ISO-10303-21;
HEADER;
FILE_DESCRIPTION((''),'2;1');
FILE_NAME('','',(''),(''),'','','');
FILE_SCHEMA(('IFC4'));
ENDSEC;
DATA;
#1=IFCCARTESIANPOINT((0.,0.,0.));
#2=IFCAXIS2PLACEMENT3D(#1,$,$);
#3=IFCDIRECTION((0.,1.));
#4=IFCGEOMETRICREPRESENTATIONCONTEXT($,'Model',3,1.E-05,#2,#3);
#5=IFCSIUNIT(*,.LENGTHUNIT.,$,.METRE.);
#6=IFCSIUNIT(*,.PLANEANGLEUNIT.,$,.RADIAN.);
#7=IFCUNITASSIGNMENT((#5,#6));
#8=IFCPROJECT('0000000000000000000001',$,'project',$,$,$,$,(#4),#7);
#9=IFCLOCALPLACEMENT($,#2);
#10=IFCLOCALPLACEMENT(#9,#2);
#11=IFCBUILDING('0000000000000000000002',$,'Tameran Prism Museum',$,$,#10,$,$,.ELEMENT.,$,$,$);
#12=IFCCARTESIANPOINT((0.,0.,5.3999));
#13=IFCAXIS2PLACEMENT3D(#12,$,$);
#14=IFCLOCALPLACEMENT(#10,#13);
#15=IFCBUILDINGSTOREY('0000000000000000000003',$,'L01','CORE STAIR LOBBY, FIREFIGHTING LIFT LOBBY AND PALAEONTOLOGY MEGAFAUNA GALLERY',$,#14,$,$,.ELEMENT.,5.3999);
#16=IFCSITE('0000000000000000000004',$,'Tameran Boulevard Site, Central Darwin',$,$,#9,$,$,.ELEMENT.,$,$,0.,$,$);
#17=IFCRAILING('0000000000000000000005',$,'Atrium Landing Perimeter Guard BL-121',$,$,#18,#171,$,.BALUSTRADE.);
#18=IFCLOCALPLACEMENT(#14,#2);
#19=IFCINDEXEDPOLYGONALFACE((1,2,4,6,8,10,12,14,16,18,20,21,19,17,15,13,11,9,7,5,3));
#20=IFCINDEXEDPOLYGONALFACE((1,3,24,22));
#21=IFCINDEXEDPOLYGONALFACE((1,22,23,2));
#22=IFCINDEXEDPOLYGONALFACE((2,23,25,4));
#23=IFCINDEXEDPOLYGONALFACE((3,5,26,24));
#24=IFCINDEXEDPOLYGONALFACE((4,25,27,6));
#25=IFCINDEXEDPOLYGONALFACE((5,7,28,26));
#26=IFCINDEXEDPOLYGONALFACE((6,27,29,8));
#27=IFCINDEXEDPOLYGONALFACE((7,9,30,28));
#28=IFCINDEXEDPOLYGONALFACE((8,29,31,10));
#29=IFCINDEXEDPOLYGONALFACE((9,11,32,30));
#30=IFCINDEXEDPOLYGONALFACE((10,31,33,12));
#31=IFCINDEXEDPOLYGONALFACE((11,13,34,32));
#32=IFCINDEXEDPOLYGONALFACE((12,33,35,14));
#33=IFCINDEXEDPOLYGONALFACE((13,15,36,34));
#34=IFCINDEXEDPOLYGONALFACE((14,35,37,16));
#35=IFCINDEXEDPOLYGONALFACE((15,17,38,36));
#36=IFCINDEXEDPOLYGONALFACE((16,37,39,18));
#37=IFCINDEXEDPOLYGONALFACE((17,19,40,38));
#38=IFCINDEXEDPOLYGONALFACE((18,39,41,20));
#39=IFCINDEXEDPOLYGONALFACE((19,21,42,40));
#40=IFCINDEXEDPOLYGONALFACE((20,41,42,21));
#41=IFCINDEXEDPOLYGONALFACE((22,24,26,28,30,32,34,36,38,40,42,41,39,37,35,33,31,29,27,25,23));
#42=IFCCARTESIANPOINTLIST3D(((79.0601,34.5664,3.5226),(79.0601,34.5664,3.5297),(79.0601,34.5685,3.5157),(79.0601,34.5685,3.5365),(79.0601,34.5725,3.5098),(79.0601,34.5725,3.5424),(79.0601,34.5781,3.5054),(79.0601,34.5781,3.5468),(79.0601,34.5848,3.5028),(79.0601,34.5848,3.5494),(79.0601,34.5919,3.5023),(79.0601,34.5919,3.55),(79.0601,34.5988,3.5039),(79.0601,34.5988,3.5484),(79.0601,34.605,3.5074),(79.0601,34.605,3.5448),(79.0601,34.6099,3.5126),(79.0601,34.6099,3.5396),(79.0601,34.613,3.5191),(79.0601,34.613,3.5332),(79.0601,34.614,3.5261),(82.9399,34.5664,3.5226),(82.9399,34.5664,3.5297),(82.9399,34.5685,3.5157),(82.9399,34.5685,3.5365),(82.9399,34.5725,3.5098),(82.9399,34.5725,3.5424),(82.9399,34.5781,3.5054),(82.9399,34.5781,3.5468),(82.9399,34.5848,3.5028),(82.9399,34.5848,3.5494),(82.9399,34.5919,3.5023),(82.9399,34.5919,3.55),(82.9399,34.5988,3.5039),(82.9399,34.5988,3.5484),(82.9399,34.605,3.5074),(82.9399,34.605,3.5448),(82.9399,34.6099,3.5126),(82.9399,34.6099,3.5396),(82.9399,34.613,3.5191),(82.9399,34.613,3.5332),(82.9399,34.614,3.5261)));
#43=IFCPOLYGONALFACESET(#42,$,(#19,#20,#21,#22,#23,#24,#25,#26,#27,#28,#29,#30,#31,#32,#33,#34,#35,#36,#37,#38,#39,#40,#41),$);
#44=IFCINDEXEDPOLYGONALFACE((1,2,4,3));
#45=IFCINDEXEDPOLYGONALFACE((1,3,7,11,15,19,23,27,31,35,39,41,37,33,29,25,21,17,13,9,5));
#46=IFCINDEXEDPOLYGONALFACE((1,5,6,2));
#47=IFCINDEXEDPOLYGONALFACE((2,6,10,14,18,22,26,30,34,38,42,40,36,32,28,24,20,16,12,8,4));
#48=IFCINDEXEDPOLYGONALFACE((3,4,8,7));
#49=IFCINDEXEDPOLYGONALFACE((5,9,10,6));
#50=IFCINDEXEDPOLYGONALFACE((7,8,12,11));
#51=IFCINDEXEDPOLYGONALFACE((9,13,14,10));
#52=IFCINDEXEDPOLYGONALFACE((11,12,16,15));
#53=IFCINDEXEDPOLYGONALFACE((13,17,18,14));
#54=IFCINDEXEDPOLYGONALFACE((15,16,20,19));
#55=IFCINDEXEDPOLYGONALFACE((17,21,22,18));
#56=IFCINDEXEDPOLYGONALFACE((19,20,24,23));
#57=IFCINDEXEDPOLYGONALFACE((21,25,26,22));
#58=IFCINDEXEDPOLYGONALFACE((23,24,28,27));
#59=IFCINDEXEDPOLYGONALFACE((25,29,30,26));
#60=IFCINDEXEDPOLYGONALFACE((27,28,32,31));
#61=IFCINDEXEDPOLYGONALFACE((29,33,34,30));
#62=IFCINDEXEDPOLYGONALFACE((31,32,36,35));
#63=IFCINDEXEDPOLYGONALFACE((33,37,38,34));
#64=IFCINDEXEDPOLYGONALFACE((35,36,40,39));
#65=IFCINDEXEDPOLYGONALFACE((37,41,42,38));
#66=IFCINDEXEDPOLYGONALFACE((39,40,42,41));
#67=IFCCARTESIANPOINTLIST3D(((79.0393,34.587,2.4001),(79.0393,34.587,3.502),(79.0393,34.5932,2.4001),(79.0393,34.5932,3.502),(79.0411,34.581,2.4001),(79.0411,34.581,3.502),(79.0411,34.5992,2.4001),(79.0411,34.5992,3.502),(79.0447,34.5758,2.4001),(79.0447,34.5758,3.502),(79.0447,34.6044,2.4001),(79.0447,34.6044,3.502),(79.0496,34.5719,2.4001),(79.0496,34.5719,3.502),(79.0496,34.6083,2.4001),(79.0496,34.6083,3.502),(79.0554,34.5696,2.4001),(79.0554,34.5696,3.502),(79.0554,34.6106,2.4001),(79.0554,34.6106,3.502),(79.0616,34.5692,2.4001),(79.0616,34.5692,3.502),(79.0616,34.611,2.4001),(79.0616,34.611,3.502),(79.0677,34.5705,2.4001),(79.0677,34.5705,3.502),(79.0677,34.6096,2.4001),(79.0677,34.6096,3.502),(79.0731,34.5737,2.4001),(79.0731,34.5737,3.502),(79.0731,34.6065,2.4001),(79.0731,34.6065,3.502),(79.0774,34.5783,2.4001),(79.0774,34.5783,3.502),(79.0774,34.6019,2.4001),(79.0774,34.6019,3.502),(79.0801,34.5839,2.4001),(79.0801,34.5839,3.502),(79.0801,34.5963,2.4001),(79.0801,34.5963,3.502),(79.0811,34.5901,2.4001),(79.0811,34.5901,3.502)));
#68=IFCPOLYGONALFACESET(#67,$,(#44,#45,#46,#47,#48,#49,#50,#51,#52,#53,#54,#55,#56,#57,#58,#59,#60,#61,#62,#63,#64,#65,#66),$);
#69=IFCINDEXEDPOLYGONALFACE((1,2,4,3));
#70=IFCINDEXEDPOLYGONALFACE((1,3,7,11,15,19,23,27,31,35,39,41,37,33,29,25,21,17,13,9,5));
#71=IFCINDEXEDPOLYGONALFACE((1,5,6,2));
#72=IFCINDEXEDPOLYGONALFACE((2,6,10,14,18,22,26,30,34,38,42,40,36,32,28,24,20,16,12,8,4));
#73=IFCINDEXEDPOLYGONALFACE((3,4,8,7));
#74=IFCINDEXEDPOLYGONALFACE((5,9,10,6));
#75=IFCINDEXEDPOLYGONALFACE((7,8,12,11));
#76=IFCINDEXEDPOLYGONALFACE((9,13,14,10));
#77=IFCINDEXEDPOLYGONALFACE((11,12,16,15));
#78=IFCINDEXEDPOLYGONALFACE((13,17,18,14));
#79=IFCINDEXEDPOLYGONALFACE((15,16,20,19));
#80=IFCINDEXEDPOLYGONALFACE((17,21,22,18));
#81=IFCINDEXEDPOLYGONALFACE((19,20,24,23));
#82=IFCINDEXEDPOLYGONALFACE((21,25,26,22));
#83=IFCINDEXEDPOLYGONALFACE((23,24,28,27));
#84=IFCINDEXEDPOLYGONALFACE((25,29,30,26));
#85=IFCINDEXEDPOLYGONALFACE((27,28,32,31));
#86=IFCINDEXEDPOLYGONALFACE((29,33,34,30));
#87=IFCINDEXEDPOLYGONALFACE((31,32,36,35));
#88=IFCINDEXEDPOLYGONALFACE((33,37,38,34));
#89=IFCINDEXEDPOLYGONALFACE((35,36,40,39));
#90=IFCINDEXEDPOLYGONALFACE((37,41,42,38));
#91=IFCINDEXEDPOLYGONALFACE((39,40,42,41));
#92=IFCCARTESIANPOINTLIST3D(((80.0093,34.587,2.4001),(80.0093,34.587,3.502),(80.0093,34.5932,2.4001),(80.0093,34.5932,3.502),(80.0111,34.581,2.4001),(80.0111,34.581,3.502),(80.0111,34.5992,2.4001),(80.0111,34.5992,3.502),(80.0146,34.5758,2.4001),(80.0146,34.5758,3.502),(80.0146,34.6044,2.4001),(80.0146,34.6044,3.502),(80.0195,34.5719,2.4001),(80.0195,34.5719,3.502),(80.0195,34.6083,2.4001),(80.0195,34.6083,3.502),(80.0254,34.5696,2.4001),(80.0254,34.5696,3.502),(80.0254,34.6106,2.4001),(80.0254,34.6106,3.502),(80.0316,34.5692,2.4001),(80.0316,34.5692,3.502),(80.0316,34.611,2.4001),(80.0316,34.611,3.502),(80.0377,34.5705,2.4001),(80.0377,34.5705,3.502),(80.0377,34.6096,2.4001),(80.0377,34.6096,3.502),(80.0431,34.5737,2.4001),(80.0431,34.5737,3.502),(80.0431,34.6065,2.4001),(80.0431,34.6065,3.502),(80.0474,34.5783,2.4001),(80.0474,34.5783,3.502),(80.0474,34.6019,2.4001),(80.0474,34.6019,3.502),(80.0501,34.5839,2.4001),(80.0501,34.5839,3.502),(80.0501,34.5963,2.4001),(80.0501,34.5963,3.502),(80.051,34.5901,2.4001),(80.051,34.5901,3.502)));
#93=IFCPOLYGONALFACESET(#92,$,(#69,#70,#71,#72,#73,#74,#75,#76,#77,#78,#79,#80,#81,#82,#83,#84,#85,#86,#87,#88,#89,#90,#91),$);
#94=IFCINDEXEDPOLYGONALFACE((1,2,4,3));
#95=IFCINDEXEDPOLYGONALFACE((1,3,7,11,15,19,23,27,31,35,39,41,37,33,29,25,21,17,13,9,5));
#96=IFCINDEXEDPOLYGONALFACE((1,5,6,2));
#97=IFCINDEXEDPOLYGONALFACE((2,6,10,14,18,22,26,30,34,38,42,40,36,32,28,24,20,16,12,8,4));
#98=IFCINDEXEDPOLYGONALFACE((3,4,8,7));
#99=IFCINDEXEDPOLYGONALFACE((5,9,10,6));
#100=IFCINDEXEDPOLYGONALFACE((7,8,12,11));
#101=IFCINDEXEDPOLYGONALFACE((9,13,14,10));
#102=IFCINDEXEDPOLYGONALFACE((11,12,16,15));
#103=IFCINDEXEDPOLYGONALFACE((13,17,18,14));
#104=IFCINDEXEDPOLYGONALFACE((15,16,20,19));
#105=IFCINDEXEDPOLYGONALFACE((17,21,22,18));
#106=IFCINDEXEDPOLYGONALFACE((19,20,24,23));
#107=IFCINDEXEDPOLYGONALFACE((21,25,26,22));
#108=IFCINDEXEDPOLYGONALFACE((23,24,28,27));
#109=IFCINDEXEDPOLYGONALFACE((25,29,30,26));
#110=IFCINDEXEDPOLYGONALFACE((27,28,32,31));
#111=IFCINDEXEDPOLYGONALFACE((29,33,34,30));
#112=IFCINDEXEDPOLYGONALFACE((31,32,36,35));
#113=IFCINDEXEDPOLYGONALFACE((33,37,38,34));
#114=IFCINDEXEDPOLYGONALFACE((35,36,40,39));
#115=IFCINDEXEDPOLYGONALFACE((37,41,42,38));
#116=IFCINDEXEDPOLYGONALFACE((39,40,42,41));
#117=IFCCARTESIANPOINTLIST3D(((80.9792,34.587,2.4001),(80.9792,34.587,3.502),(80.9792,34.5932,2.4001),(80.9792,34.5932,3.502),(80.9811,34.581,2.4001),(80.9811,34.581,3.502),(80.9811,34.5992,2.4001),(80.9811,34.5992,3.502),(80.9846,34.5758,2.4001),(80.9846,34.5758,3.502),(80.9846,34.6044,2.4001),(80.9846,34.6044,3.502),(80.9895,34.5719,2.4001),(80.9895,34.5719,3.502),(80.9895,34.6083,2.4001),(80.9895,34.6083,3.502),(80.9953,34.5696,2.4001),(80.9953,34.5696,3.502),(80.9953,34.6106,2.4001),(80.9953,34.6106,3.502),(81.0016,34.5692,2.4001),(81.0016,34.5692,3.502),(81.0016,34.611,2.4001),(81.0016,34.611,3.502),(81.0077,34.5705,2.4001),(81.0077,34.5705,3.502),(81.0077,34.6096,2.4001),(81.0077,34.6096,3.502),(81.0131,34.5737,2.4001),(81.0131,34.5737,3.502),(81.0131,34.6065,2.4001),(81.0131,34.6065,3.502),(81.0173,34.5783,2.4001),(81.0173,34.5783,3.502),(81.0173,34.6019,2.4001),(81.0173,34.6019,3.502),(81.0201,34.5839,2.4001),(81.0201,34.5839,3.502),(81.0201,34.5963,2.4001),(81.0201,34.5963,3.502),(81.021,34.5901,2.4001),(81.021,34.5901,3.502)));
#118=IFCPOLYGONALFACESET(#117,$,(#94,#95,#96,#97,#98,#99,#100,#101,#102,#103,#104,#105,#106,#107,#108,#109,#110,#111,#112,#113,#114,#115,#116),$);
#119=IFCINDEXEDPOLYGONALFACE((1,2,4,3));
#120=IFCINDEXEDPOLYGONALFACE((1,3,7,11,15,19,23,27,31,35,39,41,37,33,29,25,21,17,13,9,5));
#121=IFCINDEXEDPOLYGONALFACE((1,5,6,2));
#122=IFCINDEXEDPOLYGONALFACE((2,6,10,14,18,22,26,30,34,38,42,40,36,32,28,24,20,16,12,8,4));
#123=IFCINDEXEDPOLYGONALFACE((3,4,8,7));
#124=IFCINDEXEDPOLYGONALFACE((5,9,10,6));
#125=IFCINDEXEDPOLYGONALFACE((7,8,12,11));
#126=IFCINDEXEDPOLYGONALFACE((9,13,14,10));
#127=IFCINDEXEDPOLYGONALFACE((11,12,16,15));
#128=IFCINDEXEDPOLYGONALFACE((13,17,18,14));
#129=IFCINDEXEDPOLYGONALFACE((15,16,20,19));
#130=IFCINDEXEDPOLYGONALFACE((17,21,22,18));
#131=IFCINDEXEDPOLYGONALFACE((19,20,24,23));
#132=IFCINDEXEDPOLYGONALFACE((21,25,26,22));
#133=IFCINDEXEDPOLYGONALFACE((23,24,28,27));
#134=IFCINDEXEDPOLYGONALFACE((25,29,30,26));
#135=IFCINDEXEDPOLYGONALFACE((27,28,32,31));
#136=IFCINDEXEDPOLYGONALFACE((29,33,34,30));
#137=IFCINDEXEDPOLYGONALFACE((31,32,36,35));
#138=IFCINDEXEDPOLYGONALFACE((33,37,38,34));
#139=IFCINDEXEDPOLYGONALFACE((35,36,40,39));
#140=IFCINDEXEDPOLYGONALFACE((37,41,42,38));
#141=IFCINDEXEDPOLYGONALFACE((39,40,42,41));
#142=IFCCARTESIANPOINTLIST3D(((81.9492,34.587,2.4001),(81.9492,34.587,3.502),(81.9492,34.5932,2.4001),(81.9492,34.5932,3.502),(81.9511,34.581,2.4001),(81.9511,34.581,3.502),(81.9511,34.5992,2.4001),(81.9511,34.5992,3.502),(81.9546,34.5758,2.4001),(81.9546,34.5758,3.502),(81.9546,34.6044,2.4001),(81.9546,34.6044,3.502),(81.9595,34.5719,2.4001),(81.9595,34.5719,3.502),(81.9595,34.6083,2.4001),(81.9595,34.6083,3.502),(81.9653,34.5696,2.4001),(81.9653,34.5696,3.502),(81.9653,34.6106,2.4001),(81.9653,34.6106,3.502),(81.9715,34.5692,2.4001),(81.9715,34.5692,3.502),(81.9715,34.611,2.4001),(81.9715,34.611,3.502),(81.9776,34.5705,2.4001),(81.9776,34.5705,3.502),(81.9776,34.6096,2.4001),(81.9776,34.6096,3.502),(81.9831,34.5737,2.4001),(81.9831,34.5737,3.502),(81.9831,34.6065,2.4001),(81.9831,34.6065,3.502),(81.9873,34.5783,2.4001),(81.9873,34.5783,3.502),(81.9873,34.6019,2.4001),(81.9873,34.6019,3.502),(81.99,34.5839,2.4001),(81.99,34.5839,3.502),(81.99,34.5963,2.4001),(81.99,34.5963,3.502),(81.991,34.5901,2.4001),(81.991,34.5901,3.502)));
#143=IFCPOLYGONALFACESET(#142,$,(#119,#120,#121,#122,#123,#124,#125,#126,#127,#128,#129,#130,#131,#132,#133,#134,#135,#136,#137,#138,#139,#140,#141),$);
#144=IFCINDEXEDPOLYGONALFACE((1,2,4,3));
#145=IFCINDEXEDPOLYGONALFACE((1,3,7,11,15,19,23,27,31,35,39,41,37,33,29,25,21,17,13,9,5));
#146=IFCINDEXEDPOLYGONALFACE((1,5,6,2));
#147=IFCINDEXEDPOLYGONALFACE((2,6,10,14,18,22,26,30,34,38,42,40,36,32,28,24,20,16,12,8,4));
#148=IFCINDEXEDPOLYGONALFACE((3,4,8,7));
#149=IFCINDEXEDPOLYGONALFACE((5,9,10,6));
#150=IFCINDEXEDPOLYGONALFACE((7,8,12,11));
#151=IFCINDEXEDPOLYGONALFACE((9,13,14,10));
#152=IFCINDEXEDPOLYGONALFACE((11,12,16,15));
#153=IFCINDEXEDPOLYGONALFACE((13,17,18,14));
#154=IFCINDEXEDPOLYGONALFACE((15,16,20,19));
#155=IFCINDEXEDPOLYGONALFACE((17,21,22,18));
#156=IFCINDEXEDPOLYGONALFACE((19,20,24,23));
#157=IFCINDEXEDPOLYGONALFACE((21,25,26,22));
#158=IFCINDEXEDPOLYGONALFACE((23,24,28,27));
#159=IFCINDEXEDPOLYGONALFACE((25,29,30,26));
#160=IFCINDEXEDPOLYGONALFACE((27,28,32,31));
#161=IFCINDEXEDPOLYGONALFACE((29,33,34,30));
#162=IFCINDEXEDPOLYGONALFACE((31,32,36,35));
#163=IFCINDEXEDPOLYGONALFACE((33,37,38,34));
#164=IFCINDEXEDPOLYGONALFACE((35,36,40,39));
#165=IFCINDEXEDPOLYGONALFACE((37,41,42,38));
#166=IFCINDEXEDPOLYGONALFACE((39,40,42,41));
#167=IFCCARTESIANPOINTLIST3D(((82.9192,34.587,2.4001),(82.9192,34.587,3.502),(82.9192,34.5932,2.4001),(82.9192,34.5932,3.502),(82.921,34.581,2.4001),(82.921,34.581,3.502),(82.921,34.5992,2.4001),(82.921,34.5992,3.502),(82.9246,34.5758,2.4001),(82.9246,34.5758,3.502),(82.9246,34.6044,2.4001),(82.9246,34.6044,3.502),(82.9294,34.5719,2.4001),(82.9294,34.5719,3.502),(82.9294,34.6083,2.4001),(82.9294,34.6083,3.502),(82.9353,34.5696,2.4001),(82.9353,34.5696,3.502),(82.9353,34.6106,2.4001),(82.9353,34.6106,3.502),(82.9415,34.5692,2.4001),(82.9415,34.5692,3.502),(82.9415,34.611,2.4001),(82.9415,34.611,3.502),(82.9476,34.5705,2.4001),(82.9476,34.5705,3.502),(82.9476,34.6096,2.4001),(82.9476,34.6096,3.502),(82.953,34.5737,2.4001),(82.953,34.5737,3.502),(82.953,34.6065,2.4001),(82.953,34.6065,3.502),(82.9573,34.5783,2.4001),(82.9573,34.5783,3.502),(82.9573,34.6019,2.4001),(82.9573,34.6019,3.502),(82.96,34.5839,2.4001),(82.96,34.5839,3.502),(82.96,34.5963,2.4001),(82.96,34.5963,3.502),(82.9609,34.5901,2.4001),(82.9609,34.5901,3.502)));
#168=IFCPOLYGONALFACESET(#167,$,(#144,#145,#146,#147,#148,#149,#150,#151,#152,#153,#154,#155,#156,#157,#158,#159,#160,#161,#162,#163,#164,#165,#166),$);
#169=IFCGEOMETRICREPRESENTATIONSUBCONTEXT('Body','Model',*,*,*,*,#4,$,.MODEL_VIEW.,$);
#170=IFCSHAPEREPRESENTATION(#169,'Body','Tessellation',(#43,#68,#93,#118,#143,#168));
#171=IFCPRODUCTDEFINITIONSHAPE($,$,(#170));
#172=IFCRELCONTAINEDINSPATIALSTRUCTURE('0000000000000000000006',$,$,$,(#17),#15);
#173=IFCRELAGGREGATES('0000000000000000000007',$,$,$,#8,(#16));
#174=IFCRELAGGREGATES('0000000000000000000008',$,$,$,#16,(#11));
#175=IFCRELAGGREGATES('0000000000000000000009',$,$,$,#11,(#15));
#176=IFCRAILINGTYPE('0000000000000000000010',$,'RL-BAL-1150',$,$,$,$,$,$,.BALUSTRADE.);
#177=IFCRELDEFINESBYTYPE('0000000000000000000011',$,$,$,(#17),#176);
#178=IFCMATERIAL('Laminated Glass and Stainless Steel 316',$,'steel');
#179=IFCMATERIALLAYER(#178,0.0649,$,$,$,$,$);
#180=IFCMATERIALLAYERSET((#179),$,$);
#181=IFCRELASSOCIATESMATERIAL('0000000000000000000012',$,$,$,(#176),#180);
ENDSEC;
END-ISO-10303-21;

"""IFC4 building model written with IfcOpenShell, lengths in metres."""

from ifc_helpers import new_model, si_unit, direction, frame, origin, origin_2d, place, context, subcontext, project, spatial, circle, extrude, material, layer, layer_set, type_object, element, save


model = new_model("IFC4")

# Units and contexts
model_context = context("Model", 3, precision=1e-05, world=origin(), true_north=direction((0.0, 1.0)))
body_context = subcontext(model_context, "Body", "Model", "MODEL_VIEW")
ifc_project = project(units=[si_unit("LENGTHUNIT", "METRE"), si_unit("PLANEANGLEUNIT", "RADIAN")], contexts=[model_context])

# Site, building, storey
site_placement = place(None, origin())
site = spatial("IfcSite", under=ifc_project, at=site_placement, Name="Tameran Boulevard Site, Central Darwin", CompositionType="ELEMENT", RefElevation=0.0)
building_placement = place(site_placement, origin())
building = spatial("IfcBuilding", under=site, at=building_placement, Name="Tameran Prism Museum", CompositionType="ELEMENT")
storey_placement = place(building_placement, frame((0.0, 0.0, 5.3999)))
storey = spatial("IfcBuildingStorey", under=building, at=storey_placement, Name="L01", Description="CORE STAIR LOBBY, FIREFIGHTING LIFT LOBBY AND PALAEONTOLOGY MEGAFAUNA GALLERY", CompositionType="ELEMENT", Elevation=5.3999)

# Railing
ifc_material_1 = material(Name="Laminated Glass and Stainless Steel 316", Category="steel")
ifc_layer_1 = layer(ifc_material_1, 0.0649)
ifc_layer_set_1 = layer_set([ifc_layer_1])
railing_type = type_object("IfcRailingType", Name="RL-BAL-1150", PredefinedType="BALUSTRADE", material=ifc_layer_set_1)
railing_1_placement = place(storey_placement, frame((79.0601, 34.5901, 2.4001)))
element("IfcRailing", 1, at=railing_1_placement, inside=storey, type_object=railing_type, Name="Atrium Landing Perimeter Guard BL-121", PredefinedType="BALUSTRADE", context=body_context, shape_type="SweptSolid", body=[
    extrude(circle(Radius=0.0239, at=origin_2d()), frame((0.0, 0.0, 1.126), z_axis=(1.0, 0.0, 0.0), x_axis=(0.0, 1.0, 0.0)), (0.0, 0.0, 1.0), 3.8799),
    extrude(circle(Radius=0.021, at=origin_2d()), origin(), (0.0, 0.0, 1.0), 1.1018),
    extrude(circle(Radius=0.021, at=origin_2d()), frame((0.97, 0.0, 0.0)), (0.0, 0.0, 1.0), 1.1018),
    extrude(circle(Radius=0.021, at=origin_2d()), frame((1.9399, 0.0, 0.0)), (0.0, 0.0, 1.0), 1.1018),
    extrude(circle(Radius=0.021, at=origin_2d()), frame((2.9099, 0.0, 0.0)), (0.0, 0.0, 1.0), 1.1018),
    extrude(circle(Radius=0.021, at=origin_2d()), frame((3.8799, 0.0, 0.0)), (0.0, 0.0, 1.0), 1.1018),
])

save(model, "model.ifc")
